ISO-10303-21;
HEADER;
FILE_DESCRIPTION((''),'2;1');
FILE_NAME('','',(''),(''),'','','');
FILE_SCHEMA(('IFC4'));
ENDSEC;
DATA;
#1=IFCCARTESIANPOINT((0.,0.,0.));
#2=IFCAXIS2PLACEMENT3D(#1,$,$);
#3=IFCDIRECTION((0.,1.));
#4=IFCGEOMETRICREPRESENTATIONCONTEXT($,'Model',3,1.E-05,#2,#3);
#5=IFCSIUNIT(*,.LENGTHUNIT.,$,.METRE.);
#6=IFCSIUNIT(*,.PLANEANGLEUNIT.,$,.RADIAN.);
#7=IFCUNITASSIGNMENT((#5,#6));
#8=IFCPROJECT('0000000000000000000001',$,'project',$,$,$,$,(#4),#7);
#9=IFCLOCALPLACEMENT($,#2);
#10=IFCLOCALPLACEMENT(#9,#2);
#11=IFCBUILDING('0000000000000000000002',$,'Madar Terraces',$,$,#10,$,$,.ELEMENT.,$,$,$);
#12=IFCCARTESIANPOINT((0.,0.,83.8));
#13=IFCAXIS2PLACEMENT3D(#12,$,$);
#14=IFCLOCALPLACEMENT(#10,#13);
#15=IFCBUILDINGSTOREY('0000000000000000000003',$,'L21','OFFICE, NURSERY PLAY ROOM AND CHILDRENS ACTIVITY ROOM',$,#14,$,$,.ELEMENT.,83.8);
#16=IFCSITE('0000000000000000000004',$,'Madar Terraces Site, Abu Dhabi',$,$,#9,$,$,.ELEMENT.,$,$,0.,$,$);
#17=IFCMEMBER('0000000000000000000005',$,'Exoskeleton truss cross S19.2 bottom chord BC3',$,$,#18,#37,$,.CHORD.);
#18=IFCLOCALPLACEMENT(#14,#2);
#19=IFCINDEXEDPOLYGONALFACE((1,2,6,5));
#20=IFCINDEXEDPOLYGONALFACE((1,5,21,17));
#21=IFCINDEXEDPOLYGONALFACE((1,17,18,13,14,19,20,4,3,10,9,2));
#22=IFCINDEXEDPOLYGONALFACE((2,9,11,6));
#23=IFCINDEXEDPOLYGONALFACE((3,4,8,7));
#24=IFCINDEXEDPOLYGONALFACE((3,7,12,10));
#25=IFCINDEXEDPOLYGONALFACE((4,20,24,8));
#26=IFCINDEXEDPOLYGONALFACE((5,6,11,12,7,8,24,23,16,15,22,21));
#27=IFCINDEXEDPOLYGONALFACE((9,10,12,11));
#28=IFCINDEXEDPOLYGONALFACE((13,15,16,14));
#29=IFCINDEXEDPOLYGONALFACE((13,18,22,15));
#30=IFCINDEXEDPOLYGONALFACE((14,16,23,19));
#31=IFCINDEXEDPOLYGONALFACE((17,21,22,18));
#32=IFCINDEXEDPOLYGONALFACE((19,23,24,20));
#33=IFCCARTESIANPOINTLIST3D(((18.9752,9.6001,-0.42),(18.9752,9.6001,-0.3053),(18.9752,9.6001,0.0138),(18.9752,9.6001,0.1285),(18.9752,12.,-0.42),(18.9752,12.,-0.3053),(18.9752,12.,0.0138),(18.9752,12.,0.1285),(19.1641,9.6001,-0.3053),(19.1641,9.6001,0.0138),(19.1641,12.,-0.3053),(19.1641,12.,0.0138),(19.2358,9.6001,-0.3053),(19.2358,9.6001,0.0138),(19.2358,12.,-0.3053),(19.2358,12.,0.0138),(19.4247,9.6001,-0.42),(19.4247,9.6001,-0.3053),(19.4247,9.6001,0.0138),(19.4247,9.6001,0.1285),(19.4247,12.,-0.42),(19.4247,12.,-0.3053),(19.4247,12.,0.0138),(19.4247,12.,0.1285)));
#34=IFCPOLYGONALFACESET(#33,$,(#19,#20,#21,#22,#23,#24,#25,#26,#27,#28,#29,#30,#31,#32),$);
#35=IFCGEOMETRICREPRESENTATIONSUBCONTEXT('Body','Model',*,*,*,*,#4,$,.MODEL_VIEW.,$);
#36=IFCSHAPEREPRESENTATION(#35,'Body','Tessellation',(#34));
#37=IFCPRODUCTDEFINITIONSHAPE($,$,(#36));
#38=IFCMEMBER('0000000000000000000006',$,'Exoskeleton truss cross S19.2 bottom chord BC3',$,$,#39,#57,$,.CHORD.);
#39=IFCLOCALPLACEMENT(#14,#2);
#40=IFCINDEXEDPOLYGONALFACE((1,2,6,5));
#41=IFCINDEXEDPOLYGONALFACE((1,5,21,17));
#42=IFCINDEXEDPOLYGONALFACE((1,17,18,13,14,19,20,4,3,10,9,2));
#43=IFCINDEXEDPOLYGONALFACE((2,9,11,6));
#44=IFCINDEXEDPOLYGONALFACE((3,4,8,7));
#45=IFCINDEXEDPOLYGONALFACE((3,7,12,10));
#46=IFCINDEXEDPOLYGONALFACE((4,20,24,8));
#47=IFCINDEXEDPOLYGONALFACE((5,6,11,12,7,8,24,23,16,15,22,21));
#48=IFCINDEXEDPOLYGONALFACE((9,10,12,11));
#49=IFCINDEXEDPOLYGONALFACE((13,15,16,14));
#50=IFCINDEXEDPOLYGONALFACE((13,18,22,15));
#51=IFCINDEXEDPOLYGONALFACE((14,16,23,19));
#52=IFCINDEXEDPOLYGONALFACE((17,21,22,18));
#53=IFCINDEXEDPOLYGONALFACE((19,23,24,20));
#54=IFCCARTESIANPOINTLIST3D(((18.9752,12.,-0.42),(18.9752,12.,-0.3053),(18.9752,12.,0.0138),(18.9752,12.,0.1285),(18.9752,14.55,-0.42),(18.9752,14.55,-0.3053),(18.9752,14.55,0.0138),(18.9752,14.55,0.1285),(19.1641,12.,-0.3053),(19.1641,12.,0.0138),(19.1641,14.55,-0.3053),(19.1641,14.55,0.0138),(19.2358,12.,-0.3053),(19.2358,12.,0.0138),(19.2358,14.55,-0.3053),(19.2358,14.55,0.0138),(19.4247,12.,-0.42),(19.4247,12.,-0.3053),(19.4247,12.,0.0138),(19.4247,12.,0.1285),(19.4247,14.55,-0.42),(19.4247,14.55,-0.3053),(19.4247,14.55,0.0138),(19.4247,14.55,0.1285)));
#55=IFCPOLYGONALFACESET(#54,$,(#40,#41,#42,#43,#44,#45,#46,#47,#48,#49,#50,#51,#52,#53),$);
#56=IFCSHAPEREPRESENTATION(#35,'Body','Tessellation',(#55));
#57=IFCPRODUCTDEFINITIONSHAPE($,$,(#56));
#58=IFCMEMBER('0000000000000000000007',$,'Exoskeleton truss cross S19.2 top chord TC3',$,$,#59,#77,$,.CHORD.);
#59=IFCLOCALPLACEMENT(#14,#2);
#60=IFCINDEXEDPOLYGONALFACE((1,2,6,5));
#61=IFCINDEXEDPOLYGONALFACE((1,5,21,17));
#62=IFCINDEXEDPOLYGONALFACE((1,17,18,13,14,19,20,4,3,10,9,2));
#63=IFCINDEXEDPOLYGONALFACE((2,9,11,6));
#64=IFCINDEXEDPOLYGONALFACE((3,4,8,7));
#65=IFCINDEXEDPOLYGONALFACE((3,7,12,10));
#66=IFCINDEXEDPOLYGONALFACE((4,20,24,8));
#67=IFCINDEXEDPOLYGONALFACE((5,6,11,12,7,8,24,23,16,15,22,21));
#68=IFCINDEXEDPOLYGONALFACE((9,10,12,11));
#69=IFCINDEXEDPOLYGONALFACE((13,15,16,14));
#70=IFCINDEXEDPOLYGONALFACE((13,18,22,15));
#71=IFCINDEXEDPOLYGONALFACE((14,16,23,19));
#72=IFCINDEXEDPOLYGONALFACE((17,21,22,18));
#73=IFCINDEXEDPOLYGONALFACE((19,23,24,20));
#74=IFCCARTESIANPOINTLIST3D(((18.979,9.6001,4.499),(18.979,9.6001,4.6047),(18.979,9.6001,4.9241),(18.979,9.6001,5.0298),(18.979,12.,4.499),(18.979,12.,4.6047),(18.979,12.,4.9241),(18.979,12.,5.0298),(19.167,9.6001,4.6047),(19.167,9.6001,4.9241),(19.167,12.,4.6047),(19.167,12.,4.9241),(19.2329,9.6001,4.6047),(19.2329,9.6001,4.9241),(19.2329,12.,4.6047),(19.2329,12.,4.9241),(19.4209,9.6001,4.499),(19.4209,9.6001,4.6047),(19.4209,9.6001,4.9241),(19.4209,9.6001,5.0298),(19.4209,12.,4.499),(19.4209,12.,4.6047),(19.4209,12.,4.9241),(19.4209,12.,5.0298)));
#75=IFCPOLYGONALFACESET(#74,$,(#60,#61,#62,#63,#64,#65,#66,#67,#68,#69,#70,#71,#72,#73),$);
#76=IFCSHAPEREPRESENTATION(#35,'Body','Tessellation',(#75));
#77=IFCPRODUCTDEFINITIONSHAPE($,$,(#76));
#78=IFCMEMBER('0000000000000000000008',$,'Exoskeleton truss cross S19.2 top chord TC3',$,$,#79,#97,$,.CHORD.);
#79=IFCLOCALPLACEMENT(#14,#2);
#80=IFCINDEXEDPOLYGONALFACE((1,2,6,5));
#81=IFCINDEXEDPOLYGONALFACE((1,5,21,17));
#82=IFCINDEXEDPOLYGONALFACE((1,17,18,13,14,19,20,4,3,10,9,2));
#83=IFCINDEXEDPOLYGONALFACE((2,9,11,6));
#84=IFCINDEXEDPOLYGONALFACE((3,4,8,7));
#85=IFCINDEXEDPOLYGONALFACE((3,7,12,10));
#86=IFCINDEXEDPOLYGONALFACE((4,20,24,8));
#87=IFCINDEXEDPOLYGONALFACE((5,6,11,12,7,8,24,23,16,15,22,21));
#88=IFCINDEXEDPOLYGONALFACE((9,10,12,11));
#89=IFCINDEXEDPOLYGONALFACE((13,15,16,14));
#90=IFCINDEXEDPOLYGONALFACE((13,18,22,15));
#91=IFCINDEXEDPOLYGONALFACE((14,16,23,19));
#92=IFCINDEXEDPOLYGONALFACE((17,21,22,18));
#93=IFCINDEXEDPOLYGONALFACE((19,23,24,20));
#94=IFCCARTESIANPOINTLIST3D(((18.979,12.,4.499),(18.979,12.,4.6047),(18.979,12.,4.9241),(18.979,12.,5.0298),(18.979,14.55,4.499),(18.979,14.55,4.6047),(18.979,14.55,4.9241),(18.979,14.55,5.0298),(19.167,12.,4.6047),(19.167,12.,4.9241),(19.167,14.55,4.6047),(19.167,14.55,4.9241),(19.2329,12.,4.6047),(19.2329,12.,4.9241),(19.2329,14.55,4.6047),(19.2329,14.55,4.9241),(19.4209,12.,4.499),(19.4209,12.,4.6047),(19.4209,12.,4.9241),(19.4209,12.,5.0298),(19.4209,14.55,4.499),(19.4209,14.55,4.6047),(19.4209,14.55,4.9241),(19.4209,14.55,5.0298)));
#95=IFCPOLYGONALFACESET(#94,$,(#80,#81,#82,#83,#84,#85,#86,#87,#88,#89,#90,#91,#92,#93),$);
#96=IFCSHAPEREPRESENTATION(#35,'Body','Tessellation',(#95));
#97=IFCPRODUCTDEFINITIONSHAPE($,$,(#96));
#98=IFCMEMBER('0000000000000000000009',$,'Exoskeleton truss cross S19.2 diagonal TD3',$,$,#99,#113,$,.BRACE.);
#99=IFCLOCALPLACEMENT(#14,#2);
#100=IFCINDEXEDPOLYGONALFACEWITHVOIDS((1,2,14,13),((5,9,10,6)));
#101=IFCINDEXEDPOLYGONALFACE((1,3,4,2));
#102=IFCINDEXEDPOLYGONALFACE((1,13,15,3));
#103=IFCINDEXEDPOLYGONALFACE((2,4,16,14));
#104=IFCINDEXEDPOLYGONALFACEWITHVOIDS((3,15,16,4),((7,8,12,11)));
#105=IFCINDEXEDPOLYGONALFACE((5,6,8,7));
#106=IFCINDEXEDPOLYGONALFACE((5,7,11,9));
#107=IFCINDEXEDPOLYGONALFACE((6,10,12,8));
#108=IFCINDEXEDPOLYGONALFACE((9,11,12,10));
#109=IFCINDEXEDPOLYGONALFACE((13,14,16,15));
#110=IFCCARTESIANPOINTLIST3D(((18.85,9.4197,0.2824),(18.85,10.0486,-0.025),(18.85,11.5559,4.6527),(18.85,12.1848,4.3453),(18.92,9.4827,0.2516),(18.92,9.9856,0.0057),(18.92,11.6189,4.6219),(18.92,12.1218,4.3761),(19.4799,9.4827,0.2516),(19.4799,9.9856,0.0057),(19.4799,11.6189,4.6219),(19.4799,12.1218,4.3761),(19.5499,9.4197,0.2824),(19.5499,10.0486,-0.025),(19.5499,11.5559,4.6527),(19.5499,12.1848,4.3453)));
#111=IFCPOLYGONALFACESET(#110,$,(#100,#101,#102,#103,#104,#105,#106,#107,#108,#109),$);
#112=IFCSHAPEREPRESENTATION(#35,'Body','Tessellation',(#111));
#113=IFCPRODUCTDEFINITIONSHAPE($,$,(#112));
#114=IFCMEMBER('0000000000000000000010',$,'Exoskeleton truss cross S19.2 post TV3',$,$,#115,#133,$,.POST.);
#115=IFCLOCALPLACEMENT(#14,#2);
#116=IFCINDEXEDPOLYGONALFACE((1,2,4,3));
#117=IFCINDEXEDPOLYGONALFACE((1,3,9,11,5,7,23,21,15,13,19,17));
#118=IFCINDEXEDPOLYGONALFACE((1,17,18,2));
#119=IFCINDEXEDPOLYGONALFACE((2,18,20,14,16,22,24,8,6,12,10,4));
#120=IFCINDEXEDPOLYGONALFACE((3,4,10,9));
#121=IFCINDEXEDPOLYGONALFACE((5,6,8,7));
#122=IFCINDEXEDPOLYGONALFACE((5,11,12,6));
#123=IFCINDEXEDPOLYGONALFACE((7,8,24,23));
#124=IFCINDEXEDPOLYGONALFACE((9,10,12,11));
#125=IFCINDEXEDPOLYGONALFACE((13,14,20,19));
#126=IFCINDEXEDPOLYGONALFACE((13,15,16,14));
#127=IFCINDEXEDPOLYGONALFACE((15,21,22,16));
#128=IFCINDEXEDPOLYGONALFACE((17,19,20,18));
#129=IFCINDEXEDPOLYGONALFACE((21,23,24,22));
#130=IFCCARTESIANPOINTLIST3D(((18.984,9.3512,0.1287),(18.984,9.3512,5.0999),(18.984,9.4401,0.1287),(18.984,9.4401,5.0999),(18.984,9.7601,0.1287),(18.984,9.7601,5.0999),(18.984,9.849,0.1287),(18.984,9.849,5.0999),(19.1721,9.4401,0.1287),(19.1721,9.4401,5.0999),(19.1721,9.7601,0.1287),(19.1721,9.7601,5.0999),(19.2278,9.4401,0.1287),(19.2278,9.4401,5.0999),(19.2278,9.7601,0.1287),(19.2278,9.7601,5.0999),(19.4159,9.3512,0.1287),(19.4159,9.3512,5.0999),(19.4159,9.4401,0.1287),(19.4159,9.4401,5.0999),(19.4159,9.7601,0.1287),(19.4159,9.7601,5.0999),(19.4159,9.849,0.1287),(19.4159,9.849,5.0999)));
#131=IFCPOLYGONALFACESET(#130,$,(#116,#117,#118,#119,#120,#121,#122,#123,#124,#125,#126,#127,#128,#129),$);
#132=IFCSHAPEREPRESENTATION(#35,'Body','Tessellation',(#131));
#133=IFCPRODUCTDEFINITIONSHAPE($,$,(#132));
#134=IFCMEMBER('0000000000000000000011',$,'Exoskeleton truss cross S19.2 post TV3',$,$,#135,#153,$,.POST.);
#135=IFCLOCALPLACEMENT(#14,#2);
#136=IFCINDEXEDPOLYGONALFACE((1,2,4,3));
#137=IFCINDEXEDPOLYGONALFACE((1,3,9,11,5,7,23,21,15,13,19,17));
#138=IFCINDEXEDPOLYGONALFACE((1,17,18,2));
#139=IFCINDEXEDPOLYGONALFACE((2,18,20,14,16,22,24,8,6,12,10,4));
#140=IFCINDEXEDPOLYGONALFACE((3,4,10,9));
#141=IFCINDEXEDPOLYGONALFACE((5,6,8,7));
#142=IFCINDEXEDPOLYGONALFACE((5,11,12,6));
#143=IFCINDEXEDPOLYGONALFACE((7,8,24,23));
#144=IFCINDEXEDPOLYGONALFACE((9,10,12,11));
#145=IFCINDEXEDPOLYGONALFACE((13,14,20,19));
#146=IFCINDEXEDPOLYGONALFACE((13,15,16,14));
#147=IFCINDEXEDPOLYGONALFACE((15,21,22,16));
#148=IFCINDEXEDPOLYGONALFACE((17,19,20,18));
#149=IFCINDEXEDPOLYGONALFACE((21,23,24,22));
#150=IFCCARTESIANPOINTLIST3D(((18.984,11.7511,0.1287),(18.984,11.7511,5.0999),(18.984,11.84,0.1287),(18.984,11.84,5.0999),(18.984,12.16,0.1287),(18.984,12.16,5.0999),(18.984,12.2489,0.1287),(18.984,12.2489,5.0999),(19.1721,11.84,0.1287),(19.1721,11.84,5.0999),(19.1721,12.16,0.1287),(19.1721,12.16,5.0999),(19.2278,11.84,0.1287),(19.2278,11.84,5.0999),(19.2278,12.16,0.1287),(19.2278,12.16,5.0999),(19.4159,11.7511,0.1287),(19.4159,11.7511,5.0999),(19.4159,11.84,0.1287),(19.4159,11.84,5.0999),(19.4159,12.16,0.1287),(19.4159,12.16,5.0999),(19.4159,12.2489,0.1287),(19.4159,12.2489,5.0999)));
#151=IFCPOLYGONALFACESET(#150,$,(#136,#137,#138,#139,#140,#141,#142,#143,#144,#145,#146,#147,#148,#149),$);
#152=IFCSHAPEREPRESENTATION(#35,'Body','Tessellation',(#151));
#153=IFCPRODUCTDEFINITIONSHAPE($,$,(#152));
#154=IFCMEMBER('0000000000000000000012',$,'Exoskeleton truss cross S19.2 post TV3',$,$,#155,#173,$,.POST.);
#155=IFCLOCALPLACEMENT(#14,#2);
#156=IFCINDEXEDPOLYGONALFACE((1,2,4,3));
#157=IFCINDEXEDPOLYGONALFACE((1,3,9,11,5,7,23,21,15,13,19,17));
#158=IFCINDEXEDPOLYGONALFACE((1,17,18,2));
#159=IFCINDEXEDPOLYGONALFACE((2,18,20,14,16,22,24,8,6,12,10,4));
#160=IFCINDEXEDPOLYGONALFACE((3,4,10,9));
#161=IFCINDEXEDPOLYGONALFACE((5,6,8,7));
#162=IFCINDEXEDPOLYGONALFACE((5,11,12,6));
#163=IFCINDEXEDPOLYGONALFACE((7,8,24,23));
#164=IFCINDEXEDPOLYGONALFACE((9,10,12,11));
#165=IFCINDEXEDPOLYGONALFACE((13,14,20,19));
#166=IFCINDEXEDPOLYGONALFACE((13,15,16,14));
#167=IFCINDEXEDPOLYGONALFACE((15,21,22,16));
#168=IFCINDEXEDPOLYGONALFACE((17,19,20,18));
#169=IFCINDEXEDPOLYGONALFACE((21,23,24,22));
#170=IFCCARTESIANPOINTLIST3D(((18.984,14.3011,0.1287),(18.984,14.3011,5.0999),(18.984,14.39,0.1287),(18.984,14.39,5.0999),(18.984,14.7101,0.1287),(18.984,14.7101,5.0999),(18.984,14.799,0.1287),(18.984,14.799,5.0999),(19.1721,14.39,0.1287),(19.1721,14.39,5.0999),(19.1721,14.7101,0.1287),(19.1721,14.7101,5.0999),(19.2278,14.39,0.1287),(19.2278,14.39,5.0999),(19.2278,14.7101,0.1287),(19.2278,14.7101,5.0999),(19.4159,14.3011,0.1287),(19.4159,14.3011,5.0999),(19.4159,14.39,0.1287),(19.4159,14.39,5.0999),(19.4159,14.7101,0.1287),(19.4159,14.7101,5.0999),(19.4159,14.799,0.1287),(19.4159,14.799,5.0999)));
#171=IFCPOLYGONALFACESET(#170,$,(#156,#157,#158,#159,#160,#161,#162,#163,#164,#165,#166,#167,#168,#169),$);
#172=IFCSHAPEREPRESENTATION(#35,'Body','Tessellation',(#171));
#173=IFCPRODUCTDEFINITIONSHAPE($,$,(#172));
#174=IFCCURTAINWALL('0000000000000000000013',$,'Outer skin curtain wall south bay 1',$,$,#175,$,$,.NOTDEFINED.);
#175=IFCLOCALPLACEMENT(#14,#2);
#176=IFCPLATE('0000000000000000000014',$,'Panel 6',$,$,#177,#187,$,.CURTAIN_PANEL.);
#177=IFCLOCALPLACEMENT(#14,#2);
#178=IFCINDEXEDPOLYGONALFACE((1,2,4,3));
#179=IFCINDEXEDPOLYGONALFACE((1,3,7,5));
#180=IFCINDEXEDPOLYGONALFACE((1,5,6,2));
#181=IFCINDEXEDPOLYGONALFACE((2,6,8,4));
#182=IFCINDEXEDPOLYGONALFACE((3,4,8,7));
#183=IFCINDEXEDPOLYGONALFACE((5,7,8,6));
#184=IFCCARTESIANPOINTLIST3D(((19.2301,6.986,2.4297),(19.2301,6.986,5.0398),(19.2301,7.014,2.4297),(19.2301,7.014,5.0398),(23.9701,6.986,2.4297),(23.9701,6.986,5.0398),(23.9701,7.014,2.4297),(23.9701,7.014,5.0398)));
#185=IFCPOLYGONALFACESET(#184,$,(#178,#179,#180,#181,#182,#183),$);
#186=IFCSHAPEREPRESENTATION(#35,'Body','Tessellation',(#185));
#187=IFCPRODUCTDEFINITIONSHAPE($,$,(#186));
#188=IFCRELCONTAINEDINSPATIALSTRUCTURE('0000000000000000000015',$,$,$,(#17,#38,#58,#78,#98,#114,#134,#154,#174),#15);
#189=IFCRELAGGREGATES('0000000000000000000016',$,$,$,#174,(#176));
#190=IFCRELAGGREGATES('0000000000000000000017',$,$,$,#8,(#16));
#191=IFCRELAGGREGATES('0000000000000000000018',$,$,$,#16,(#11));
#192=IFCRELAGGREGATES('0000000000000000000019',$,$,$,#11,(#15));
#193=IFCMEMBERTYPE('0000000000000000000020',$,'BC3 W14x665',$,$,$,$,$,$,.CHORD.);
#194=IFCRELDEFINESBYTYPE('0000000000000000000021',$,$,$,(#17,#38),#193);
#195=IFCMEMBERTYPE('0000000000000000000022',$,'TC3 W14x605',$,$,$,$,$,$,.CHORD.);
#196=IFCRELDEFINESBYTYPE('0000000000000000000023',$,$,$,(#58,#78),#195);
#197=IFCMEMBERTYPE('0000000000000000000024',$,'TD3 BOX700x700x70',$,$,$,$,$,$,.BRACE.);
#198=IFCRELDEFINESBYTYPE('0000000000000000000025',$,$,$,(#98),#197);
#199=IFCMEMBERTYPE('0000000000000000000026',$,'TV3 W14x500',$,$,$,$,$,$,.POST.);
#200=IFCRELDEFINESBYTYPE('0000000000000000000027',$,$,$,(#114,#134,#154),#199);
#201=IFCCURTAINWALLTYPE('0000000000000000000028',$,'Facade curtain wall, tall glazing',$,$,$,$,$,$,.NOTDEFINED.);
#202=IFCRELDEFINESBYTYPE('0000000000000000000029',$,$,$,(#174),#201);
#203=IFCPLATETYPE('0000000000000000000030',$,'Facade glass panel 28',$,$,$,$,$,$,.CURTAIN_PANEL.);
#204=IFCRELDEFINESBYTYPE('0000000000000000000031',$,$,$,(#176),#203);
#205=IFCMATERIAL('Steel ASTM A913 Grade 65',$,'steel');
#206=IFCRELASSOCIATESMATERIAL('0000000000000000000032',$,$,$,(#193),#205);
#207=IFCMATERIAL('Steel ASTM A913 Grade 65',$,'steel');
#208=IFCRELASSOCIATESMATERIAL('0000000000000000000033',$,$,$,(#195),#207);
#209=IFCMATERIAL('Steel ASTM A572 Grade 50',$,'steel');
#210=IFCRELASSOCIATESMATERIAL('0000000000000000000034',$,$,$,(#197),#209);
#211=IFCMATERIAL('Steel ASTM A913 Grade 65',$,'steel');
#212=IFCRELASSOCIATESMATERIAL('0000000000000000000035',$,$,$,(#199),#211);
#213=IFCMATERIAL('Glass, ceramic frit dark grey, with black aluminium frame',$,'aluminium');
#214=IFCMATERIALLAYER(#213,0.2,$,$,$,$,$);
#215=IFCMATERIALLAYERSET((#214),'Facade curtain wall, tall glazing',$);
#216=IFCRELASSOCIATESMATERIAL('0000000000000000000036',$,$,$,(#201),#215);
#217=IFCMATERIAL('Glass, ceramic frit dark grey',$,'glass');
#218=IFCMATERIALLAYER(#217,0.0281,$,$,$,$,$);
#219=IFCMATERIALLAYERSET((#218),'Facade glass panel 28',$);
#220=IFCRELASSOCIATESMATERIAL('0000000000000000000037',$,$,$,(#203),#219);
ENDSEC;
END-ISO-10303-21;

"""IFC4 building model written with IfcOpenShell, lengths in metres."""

from ifc_helpers import new_model, si_unit, direction, frame, origin, origin_2d, place, context, subcontext, project, spatial, rectangle, hollow_rectangle, i_section, extrude, material, layer, layer_set, material_profile, profile_set, type_object, element, aggregate, save


model = new_model("IFC4")

# Units and contexts
model_context = context("Model", 3, precision=1e-05, world=origin(), true_north=direction((0.0, 1.0)))
body_context = subcontext(model_context, "Body", "Model", "MODEL_VIEW")
ifc_project = project(units=[si_unit("LENGTHUNIT", "METRE"), si_unit("PLANEANGLEUNIT", "RADIAN")], contexts=[model_context])

# Site, building, storey
site_placement = place(None, origin())
site = spatial("IfcSite", under=ifc_project, at=site_placement, Name="Madar Terraces Site, Abu Dhabi", CompositionType="ELEMENT", RefElevation=0.0)
building_placement = place(site_placement, origin())
building = spatial("IfcBuilding", under=site, at=building_placement, Name="Madar Terraces", CompositionType="ELEMENT")
storey_placement = place(building_placement, frame((0.0, 0.0, 83.8)))
storey = spatial("IfcBuildingStorey", under=building, at=storey_placement, Name="L21", Description="OFFICE, NURSERY PLAY ROOM AND CHILDRENS ACTIVITY ROOM", CompositionType="ELEMENT", Elevation=83.8)

# Members
ifc_material_1 = material(Name="Steel ASTM A913 Grade 65", Category="steel")
ifc_material_profile_1 = material_profile(ifc_material_1, i_section(OverallWidth=0.4495, OverallDepth=0.5486, WebThickness=0.0718, FlangeThickness=0.1147, at=origin_2d()), Name="W14x665")
ifc_profile_set_1 = profile_set([ifc_material_profile_1], Name="Steel ASTM A913 Grade 65")
member_type_1 = type_object("IfcMemberType", Name="BC3 W14x665", PredefinedType="CHORD", material=ifc_profile_set_1)
member_1_placement = place(storey_placement, frame((19.2, 9.6001, -0.1458), z_axis=(0.0, 1.0, 0.0), x_axis=(-1.0, 0.0, 0.0)))
element("IfcMember", 1, at=member_1_placement, inside=storey, type_object=member_type_1, Name="Exoskeleton truss cross S19.2 bottom chord BC3", PredefinedType="CHORD", context=body_context, shape_type="SweptSolid", body=[
    extrude(i_section(OverallWidth=0.4495, OverallDepth=0.5486, WebThickness=0.0718, FlangeThickness=0.1147, at=origin_2d()), origin(), (0.0, 0.0, 1.0), 2.3999),
])
member_2_placement = place(storey_placement, frame((19.2, 12.0, -0.1458), z_axis=(0.0, 1.0, 0.0), x_axis=(-1.0, 0.0, 0.0)))
element("IfcMember", 2, at=member_2_placement, inside=storey, type_object=member_type_1, Name="Exoskeleton truss cross S19.2 bottom chord BC3", PredefinedType="CHORD", context=body_context, shape_type="SweptSolid", body=[
    extrude(i_section(OverallWidth=0.4495, OverallDepth=0.5486, WebThickness=0.0718, FlangeThickness=0.1147, at=origin_2d()), origin(), (0.0, 0.0, 1.0), 2.55),
])
ifc_material_2 = material(Name="Steel ASTM A913 Grade 65", Category="steel")
ifc_material_profile_2 = material_profile(ifc_material_2, i_section(OverallWidth=0.4419, OverallDepth=0.5308, WebThickness=0.0659, FlangeThickness=0.1057, at=origin_2d()), Name="W14x605")
ifc_profile_set_2 = profile_set([ifc_material_profile_2], Name="Steel ASTM A913 Grade 65")
member_type_2 = type_object("IfcMemberType", Name="TC3 W14x605", PredefinedType="CHORD", material=ifc_profile_set_2)
member_3_placement = place(storey_placement, frame((19.2, 9.6001, 4.7644), z_axis=(0.0, 1.0, 0.0), x_axis=(-1.0, 0.0, 0.0)))
element("IfcMember", 3, at=member_3_placement, inside=storey, type_object=member_type_2, Name="Exoskeleton truss cross S19.2 top chord TC3", PredefinedType="CHORD", context=body_context, shape_type="SweptSolid", body=[
    extrude(i_section(OverallWidth=0.4419, OverallDepth=0.5308, WebThickness=0.0659, FlangeThickness=0.1057, at=origin_2d()), origin(), (0.0, 0.0, 1.0), 2.3999),
])
member_4_placement = place(storey_placement, frame((19.2, 12.0, 4.7644), z_axis=(0.0, 1.0, 0.0), x_axis=(-1.0, 0.0, 0.0)))
element("IfcMember", 4, at=member_4_placement, inside=storey, type_object=member_type_2, Name="Exoskeleton truss cross S19.2 top chord TC3", PredefinedType="CHORD", context=body_context, shape_type="SweptSolid", body=[
    extrude(i_section(OverallWidth=0.4419, OverallDepth=0.5308, WebThickness=0.0659, FlangeThickness=0.1057, at=origin_2d()), origin(), (0.0, 0.0, 1.0), 2.55),
])
ifc_material_3 = material(Name="Steel ASTM A572 Grade 50", Category="steel")
ifc_material_profile_3 = material_profile(ifc_material_3, hollow_rectangle(XDim=0.7, YDim=0.7, WallThickness=0.0701, at=origin_2d()), Name="BOX700x700x70")
ifc_profile_set_3 = profile_set([ifc_material_profile_3], Name="Steel ASTM A572 Grade 50")
member_type_3 = type_object("IfcMemberType", Name="TD3 BOX700x700x70", PredefinedType="BRACE", material=ifc_profile_set_3)
member_5_placement = place(storey_placement, frame((19.2, 9.7341, 0.1287), z_axis=(0.0, 0.439145, 0.898416), x_axis=(-1.0, 0.0, 0.0)))
element("IfcMember", 5, at=member_5_placement, inside=storey, type_object=member_type_3, Name="Exoskeleton truss cross S19.2 diagonal TD3", PredefinedType="BRACE", context=body_context, shape_type="SweptSolid", body=[
    extrude(hollow_rectangle(XDim=0.7, YDim=0.7, WallThickness=0.0701, at=origin_2d()), origin(), (0.0, 0.0, 1.0), 4.8645),
])
ifc_material_4 = material(Name="Steel ASTM A913 Grade 65", Category="steel")
ifc_material_profile_4 = material_profile(ifc_material_4, i_section(OverallWidth=0.4319, OverallDepth=0.4978, WebThickness=0.0557, FlangeThickness=0.0889, at=origin_2d()), Name="W14x500")
ifc_profile_set_4 = profile_set([ifc_material_profile_4], Name="Steel ASTM A913 Grade 65")
member_type_4 = type_object("IfcMemberType", Name="TV3 W14x500", PredefinedType="POST", material=ifc_profile_set_4)
for number, where, z_axis, x_axis, name in (
    (6, (19.2, 9.6001, 0.1287), (0.0, 0.0, 1.0), (-1.0, 0.0, 0.0), "Exoskeleton truss cross S19.2 post TV3"),
    (7, (19.2, 12.0, 0.1287), (0.0, 0.0, 1.0), (-1.0, 0.0, 0.0), "Exoskeleton truss cross S19.2 post TV3"),
    (8, (19.2, 14.55, 0.1287), (0.0, 0.0, 1.0), (-1.0, 0.0, 0.0), "Exoskeleton truss cross S19.2 post TV3"),
):
    element("IfcMember", number, at=place(storey_placement, frame(where, z_axis=z_axis, x_axis=x_axis)), inside=storey, type_object=member_type_4, Name=name, PredefinedType="POST", context=body_context, shape_type="SweptSolid", body=[
        extrude(i_section(OverallWidth=0.4319, OverallDepth=0.4978, WebThickness=0.0557, FlangeThickness=0.0889, at=origin_2d()), origin(), (0.0, 0.0, 1.0), 4.9712),
    ])

# Curtain wall, plate
ifc_material_5 = material(Name="Glass, ceramic frit dark grey, with black aluminium frame", Category="aluminium")
ifc_layer_1 = layer(ifc_material_5, 0.2)
ifc_layer_set_1 = layer_set([ifc_layer_1], Name="Facade curtain wall, tall glazing")
curtain_wall_type = type_object("IfcCurtainWallType", Name="Facade curtain wall, tall glazing", PredefinedType="NOTDEFINED", material=ifc_layer_set_1)
curtain_wall_placement = place(storey_placement, origin())
curtain_wall = element("IfcCurtainWall", 9, at=curtain_wall_placement, inside=storey, type_object=curtain_wall_type, Name="Outer skin curtain wall south bay 1", PredefinedType="NOTDEFINED")
ifc_material_6 = material(Name="Glass, ceramic frit dark grey", Category="glass")
ifc_layer_2 = layer(ifc_material_6, 0.0281)
ifc_layer_set_2 = layer_set([ifc_layer_2], Name="Facade glass panel 28")
plate_type = type_object("IfcPlateType", Name="Facade glass panel 28", PredefinedType="CURTAIN_PANEL", material=ifc_layer_set_2)
plate_placement = place(storey_placement, frame((21.6001, 7.0, 2.4297), z_axis=(0.0, 0.0, 1.0), x_axis=(1.0, 0.0, 0.0)))
plate = element("IfcPlate", 10, at=plate_placement, type_object=plate_type, Name="Panel 6", PredefinedType="CURTAIN_PANEL", context=body_context, shape_type="SweptSolid", body=[
    extrude(rectangle(XDim=4.74, YDim=0.0281, at=origin_2d()), origin(), (0.0, 0.0, 1.0), 2.6101),
])
aggregate(curtain_wall, [plate])

save(model, "model.ifc")
